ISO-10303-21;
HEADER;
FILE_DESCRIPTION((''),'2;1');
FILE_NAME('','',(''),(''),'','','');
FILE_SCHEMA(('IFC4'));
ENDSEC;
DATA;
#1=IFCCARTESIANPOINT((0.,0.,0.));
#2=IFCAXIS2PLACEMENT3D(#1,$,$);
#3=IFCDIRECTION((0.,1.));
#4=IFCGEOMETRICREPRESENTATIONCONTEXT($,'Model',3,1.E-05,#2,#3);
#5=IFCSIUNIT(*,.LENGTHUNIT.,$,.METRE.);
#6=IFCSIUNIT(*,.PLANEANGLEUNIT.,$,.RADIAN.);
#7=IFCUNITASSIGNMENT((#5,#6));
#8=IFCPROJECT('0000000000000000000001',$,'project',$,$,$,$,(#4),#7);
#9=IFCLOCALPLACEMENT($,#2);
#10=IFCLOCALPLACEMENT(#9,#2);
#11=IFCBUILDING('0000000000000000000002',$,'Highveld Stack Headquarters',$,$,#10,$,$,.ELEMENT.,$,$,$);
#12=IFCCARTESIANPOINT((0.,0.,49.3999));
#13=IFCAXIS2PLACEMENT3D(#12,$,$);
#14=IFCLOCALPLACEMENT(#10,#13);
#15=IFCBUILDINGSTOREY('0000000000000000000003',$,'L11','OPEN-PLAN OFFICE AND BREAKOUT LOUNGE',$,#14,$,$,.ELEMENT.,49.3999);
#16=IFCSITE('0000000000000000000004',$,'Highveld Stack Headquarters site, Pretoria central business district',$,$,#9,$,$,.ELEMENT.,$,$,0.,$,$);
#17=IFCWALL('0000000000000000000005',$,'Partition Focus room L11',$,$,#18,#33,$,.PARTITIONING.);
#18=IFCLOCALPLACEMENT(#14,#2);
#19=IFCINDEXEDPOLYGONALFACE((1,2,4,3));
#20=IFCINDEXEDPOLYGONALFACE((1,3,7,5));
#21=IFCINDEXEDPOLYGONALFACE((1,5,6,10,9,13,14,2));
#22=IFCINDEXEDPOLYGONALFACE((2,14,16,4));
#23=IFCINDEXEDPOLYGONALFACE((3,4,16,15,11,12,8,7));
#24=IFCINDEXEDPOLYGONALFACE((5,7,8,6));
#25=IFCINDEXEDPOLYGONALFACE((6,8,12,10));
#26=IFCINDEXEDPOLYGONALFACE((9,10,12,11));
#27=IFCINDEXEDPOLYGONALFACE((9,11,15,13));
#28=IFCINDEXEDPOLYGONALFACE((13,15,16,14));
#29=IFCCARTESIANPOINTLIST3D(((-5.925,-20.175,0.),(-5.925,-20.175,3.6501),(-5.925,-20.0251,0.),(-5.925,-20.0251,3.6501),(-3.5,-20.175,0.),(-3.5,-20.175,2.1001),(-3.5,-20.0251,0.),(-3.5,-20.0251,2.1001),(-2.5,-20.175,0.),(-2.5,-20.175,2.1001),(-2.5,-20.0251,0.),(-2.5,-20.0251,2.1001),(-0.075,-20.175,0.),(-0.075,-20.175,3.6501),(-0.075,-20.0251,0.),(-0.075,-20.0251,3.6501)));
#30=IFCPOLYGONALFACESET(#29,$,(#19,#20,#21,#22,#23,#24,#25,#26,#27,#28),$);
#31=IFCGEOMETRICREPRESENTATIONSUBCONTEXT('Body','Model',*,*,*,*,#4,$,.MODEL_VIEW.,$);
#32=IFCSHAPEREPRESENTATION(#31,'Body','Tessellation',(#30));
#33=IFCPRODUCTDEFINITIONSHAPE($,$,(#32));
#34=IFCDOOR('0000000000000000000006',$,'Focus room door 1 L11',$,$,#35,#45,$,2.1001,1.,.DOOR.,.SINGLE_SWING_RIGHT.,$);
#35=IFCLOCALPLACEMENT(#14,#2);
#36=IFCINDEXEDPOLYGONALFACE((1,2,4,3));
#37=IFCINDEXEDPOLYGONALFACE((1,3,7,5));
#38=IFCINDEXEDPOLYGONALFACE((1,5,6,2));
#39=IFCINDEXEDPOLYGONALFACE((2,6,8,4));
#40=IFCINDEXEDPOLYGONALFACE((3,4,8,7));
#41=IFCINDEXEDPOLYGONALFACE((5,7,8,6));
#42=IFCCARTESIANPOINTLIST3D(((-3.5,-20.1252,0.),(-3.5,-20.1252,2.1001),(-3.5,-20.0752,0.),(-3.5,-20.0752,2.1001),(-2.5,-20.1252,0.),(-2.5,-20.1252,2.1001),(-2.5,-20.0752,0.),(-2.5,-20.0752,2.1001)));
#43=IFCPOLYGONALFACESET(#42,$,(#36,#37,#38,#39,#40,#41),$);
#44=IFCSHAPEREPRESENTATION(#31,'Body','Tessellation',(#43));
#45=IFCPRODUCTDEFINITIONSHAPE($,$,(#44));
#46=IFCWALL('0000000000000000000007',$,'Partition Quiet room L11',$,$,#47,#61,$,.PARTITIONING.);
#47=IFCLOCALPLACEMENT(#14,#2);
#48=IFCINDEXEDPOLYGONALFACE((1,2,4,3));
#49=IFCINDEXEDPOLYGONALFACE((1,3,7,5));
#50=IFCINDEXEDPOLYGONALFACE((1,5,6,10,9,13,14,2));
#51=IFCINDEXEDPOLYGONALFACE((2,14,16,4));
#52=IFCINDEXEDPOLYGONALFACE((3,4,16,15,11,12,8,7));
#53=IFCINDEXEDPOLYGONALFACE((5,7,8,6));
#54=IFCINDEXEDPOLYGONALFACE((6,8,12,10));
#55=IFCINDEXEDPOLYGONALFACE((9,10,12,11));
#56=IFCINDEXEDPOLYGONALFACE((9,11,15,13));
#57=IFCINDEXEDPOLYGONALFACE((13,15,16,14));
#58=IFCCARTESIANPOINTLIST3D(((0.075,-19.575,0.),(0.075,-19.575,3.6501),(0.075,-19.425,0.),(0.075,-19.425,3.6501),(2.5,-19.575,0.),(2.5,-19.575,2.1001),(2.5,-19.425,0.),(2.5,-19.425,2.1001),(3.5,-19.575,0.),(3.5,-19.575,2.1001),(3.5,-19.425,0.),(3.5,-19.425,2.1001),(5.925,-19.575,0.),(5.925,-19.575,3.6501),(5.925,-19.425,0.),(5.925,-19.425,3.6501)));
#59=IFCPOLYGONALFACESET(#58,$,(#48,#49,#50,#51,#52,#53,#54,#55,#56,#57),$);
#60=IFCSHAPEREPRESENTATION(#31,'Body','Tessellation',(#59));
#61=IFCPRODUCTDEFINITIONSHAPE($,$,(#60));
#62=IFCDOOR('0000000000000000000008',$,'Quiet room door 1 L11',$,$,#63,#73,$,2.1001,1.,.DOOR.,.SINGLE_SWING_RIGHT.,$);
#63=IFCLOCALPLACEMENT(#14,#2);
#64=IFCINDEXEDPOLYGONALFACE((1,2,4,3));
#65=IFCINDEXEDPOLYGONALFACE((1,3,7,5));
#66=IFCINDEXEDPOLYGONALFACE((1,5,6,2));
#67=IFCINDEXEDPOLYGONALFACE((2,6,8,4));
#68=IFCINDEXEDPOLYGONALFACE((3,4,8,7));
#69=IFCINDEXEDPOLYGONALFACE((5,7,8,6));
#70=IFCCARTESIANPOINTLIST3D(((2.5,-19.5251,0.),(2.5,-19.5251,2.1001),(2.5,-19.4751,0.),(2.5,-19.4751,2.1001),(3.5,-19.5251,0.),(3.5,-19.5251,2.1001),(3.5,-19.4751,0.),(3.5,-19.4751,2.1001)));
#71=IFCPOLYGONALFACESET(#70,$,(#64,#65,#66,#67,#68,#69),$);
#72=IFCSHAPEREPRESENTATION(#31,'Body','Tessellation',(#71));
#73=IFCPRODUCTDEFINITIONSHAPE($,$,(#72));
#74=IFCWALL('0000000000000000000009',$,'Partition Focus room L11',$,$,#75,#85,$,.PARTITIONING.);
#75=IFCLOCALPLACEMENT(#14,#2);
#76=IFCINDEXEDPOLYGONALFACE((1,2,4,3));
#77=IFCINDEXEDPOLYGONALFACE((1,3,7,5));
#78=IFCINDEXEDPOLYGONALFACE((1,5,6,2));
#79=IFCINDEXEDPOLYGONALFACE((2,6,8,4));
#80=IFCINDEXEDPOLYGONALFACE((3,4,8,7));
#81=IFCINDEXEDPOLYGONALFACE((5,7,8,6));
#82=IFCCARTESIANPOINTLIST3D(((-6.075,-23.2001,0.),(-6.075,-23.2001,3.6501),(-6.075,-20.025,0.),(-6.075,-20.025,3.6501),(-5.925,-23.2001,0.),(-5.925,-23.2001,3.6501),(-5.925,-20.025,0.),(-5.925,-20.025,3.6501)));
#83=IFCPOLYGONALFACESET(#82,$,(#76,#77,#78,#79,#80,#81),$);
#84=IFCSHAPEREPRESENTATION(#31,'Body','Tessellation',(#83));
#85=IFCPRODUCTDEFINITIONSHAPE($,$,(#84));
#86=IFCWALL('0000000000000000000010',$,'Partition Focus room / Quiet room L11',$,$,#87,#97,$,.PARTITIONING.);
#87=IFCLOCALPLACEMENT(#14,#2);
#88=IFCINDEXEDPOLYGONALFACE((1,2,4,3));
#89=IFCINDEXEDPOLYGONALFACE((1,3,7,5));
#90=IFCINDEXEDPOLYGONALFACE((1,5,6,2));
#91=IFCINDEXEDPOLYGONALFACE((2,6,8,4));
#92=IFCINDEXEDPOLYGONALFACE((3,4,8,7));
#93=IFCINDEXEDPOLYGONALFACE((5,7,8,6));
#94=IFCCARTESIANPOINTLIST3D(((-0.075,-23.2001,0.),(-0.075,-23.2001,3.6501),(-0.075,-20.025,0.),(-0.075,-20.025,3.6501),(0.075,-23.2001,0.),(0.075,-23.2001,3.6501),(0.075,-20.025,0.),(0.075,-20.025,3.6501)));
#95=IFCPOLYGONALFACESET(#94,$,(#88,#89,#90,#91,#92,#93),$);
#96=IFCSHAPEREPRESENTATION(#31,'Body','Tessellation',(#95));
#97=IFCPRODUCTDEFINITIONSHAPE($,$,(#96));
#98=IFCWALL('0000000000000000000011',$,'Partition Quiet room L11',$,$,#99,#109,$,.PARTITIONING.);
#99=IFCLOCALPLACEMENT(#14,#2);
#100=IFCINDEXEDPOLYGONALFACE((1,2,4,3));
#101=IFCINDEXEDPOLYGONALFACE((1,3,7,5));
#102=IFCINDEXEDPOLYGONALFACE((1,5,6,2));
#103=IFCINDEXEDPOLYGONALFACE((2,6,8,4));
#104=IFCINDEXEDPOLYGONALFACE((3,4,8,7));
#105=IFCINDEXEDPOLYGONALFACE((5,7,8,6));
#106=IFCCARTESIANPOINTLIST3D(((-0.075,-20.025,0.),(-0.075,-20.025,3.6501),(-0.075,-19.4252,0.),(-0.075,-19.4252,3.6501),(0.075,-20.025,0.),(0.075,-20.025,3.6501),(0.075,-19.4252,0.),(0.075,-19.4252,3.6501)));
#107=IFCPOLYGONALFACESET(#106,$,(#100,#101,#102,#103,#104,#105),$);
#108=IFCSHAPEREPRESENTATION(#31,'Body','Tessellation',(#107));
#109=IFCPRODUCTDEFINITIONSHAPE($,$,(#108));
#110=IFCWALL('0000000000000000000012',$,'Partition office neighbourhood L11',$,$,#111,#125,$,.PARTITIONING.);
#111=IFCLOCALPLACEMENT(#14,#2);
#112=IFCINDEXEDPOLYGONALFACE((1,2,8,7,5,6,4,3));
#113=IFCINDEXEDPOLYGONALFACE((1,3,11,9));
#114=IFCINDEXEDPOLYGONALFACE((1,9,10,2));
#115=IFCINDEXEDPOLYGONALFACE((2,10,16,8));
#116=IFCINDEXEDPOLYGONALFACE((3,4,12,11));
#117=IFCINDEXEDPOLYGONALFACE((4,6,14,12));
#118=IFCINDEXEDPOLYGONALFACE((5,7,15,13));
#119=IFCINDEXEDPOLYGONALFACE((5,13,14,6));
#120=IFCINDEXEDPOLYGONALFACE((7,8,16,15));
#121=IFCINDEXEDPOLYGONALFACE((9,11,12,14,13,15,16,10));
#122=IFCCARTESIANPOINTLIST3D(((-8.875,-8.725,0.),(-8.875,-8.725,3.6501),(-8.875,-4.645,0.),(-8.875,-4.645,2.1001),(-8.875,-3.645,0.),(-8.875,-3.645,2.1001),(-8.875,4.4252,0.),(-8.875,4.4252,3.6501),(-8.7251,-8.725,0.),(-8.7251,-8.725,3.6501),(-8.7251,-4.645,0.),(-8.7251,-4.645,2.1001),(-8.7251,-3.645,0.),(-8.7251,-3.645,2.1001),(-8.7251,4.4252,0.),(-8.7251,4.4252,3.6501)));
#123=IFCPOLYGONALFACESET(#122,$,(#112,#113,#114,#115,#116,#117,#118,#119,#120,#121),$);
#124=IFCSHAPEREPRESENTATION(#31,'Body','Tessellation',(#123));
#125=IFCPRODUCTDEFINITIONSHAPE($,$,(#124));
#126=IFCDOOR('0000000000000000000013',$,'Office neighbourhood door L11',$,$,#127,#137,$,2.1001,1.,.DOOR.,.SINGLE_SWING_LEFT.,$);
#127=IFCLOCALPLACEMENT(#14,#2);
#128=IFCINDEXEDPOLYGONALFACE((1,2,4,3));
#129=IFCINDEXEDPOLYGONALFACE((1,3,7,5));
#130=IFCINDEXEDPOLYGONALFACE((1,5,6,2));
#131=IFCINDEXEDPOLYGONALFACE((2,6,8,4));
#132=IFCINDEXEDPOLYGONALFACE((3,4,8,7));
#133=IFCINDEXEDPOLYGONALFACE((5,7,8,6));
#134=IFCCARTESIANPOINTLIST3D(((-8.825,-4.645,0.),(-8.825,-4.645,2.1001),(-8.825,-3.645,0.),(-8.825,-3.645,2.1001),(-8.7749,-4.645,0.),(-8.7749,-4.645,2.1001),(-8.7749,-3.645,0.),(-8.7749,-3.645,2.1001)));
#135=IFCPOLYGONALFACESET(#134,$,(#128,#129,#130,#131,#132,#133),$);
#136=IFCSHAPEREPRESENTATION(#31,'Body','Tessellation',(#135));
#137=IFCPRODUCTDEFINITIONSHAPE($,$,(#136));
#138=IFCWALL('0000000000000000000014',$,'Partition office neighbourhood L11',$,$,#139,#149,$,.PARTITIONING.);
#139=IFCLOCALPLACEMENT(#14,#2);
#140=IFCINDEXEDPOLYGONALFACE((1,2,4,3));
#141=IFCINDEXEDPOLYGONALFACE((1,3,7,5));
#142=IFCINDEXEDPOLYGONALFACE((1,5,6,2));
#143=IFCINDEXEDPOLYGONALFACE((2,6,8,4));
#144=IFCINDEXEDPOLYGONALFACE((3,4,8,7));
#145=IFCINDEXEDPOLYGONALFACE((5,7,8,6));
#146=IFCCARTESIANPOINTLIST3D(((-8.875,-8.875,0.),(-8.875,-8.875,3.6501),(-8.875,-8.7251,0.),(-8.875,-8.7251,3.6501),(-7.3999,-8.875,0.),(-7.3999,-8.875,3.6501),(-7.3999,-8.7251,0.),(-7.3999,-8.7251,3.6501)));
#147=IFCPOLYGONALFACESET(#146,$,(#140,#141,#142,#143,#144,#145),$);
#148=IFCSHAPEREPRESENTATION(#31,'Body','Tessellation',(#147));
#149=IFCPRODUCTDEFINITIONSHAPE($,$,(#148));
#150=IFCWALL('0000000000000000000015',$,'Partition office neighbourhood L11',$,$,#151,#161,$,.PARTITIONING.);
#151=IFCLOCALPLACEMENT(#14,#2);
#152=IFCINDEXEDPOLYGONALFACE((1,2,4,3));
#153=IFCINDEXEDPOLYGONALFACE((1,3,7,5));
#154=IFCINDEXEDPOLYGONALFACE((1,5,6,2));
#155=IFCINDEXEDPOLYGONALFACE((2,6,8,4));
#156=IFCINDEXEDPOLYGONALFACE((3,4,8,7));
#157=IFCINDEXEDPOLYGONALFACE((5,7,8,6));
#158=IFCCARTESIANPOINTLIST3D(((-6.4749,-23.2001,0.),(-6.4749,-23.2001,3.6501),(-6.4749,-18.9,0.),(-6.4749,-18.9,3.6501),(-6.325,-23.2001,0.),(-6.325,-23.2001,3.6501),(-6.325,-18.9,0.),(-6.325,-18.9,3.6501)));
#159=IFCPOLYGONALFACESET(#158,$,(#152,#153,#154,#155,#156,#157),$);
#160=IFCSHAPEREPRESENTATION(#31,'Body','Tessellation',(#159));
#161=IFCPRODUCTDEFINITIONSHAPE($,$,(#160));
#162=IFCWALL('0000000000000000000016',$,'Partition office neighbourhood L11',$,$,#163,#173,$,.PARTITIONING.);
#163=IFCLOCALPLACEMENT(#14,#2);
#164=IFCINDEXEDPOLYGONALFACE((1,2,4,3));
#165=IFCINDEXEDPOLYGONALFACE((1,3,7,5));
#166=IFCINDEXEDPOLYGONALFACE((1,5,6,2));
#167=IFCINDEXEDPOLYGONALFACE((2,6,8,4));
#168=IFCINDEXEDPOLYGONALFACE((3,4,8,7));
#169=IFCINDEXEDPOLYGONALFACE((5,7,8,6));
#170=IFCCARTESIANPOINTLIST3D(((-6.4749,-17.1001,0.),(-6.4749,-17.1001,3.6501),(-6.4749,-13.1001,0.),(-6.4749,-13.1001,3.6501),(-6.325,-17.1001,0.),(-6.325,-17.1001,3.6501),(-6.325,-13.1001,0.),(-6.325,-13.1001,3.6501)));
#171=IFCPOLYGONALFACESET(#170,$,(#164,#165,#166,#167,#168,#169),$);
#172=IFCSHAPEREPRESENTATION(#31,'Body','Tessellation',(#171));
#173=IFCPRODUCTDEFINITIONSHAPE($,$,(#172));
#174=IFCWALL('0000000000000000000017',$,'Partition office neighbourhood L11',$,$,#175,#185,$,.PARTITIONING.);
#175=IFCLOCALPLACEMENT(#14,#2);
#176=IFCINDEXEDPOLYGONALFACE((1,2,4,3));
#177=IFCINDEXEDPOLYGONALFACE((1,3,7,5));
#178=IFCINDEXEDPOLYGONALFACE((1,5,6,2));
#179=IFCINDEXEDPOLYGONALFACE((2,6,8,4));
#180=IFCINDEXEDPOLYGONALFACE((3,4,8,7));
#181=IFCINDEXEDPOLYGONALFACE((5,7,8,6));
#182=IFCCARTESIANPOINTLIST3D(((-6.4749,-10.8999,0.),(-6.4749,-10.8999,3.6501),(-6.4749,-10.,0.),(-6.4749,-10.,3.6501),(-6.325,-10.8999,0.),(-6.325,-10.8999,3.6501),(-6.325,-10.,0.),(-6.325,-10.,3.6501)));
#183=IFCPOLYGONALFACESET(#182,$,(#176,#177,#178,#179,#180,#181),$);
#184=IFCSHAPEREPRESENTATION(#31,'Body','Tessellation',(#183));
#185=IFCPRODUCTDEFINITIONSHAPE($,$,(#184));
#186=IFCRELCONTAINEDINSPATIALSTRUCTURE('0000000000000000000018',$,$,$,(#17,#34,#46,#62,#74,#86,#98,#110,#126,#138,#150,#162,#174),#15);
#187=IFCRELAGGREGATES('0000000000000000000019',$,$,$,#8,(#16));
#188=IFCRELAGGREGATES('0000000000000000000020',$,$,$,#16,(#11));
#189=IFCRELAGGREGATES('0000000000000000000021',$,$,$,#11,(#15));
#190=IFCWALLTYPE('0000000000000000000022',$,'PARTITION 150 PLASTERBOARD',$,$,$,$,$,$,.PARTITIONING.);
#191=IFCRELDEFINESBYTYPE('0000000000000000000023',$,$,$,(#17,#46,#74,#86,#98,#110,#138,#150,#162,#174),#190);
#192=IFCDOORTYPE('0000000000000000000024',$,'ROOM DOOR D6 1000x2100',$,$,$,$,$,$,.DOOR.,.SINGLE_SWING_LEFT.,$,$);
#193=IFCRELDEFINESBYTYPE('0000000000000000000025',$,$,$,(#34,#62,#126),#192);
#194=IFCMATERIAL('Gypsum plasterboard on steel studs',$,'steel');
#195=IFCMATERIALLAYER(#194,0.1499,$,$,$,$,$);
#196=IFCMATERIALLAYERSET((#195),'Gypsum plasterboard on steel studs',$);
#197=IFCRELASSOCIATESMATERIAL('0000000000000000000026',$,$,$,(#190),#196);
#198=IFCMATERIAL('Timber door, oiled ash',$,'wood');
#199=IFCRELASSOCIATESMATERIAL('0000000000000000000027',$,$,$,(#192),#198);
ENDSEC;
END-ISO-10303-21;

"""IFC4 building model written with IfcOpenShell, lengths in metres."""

from ifc_helpers import new_model, si_unit, direction, frame, frame_2d, origin, place, context, subcontext, project, spatial, rectangle, extrude, material, layer, layer_set, type_object, element, fill, save


model = new_model("IFC4")

# Units and contexts
model_context = context("Model", 3, precision=1e-05, world=origin(), true_north=direction((0.0, 1.0)))
body_context = subcontext(model_context, "Body", "Model", "MODEL_VIEW")
ifc_project = project(units=[si_unit("LENGTHUNIT", "METRE"), si_unit("PLANEANGLEUNIT", "RADIAN")], contexts=[model_context])

# Site, building, storey
site_placement = place(None, origin())
site = spatial("IfcSite", under=ifc_project, at=site_placement, Name="Highveld Stack Headquarters site, Pretoria central business district", CompositionType="ELEMENT", RefElevation=0.0)
building_placement = place(site_placement, origin())
building = spatial("IfcBuilding", under=site, at=building_placement, Name="Highveld Stack Headquarters", CompositionType="ELEMENT")
storey_placement = place(building_placement, frame((0.0, 0.0, 49.3999)))
storey = spatial("IfcBuildingStorey", under=building, at=storey_placement, Name="L11", Description="OPEN-PLAN OFFICE AND BREAKOUT LOUNGE", CompositionType="ELEMENT", Elevation=49.3999)

# Walls, openings, doors
ifc_material_1 = material(Name="Gypsum plasterboard on steel studs", Category="steel")
ifc_layer_1 = layer(ifc_material_1, 0.1499)
ifc_layer_set_1 = layer_set([ifc_layer_1], Name="Gypsum plasterboard on steel studs")
wall_type_1 = type_object("IfcWallType", Name="PARTITION 150 PLASTERBOARD", PredefinedType="PARTITIONING", material=ifc_layer_set_1)
wall_1_placement = place(storey_placement, frame((-5.925, -20.1001, 0.0), z_axis=(0.0, 0.0, 1.0), x_axis=(1.0, 0.0, 0.0)))
wall_1 = element("IfcWall", 1, at=wall_1_placement, inside=storey, type_object=wall_type_1, Name="Partition Focus room L11", PredefinedType="PARTITIONING", context=body_context, shape_type="SweptSolid", body=[
    extrude(rectangle(XDim=5.8501, YDim=0.1499, at=frame_2d((2.925, 0.0))), origin(), (0.0, 0.0, 1.0), 3.6501),
])
opening_1_placement = place(wall_1_placement, frame((2.425, 0.0, 0.0)))
opening_1 = element("IfcOpeningElement", 2, at=opening_1_placement, cuts=wall_1, PredefinedType="OPENING", context=body_context, shape_type="SweptSolid", body=[
    extrude(rectangle(XDim=1.0, YDim=2.1001, at=frame_2d((0.5, 1.05))), frame((0.0, 0.085, 0.0), z_axis=(0.0, -1.0, 0.0), x_axis=(1.0, 0.0, 0.0)), (0.0, 0.0, 1.0), 0.1699),
])
ifc_material_2 = material(Name="Timber door, oiled ash", Category="wood")
door_type_1 = type_object("IfcDoorType", Name="ROOM DOOR D6 1000x2100", OperationType="SINGLE_SWING_LEFT", PredefinedType="DOOR", material=ifc_material_2)
door_1_placement = place(opening_1_placement, origin())
door_1 = element("IfcDoor", 3, at=door_1_placement, inside=storey, type_object=door_type_1, Name="Focus room door 1 L11", OperationType="SINGLE_SWING_RIGHT", OverallHeight=2.1001, OverallWidth=1.0, PredefinedType="DOOR", context=body_context, shape_type="SweptSolid", body=[
    extrude(rectangle(XDim=1.0, YDim=2.1001, at=frame_2d((0.5, 1.05))), frame((0.0, 0.0249, 0.0), z_axis=(0.0, -1.0, 0.0), x_axis=(1.0, 0.0, 0.0)), (0.0, 0.0, 1.0), 0.05),
])
fill(opening_1, door_1)
wall_2_placement = place(storey_placement, frame((0.075, -19.5, 0.0), z_axis=(0.0, 0.0, 1.0), x_axis=(1.0, 0.0, 0.0)))
wall_2 = element("IfcWall", 4, at=wall_2_placement, inside=storey, type_object=wall_type_1, Name="Partition Quiet room L11", PredefinedType="PARTITIONING", context=body_context, shape_type="SweptSolid", body=[
    extrude(rectangle(XDim=5.8501, YDim=0.1499, at=frame_2d((2.925, 0.0))), origin(), (0.0, 0.0, 1.0), 3.6501),
])
opening_2_placement = place(wall_2_placement, frame((2.425, 0.0, 0.0)))
opening_2 = element("IfcOpeningElement", 5, at=opening_2_placement, cuts=wall_2, PredefinedType="OPENING", context=body_context, shape_type="SweptSolid", body=[
    extrude(rectangle(XDim=1.0, YDim=2.1001, at=frame_2d((0.5, 1.05))), frame((0.0, 0.085, 0.0), z_axis=(0.0, -1.0, 0.0), x_axis=(1.0, 0.0, 0.0)), (0.0, 0.0, 1.0), 0.1699),
])
door_2_placement = place(opening_2_placement, origin())
door_2 = element("IfcDoor", 6, at=door_2_placement, inside=storey, type_object=door_type_1, Name="Quiet room door 1 L11", OperationType="SINGLE_SWING_RIGHT", OverallHeight=2.1001, OverallWidth=1.0, PredefinedType="DOOR", context=body_context, shape_type="SweptSolid", body=[
    extrude(rectangle(XDim=1.0, YDim=2.1001, at=frame_2d((0.5, 1.05))), frame((0.0, 0.0249, 0.0), z_axis=(0.0, -1.0, 0.0), x_axis=(1.0, 0.0, 0.0)), (0.0, 0.0, 1.0), 0.05),
])
fill(opening_2, door_2)

# Walls
for number, where, z_axis, x_axis, name in (
    (7, (-6.0, -23.2, 0.0), (0.0, 0.0, 1.0), (0.0, 1.0, 0.0), "Partition Focus room L11"),
    (8, (0.0, -23.2, 0.0), (0.0, 0.0, 1.0), (0.0, 1.0, 0.0), "Partition Focus room / Quiet room L11"),
):
    element("IfcWall", number, at=place(storey_placement, frame(where, z_axis=z_axis, x_axis=x_axis)), inside=storey, type_object=wall_type_1, Name=name, PredefinedType="PARTITIONING", context=body_context, shape_type="SweptSolid", body=[
        extrude(rectangle(XDim=3.175, YDim=0.1499, at=frame_2d((1.5874, 0.0))), origin(), (0.0, 0.0, 1.0), 3.6501),
    ])
wall_3_placement = place(storey_placement, frame((0.0, -20.0249, 0.0), z_axis=(0.0, 0.0, 1.0), x_axis=(0.0, 1.0, 0.0)))
element("IfcWall", 9, at=wall_3_placement, inside=storey, type_object=wall_type_1, Name="Partition Quiet room L11", PredefinedType="PARTITIONING", context=body_context, shape_type="SweptSolid", body=[
    extrude(rectangle(XDim=0.5999, YDim=0.1499, at=frame_2d((0.2998, 0.0))), origin(), (0.0, 0.0, 1.0), 3.6501),
])

# Wall, opening, door
wall_4_placement = place(storey_placement, frame((-8.8, -8.7251, 0.0), z_axis=(0.0, 0.0, 1.0), x_axis=(0.0, 1.0, 0.0)))
wall_4 = element("IfcWall", 10, at=wall_4_placement, inside=storey, type_object=wall_type_1, Name="Partition office neighbourhood L11", PredefinedType="PARTITIONING", context=body_context, shape_type="SweptSolid", body=[
    extrude(rectangle(XDim=13.1501, YDim=0.1499, at=frame_2d((6.5752, 0.0))), origin(), (0.0, 0.0, 1.0), 3.6501),
])
opening_3_placement = place(wall_4_placement, frame((4.0801, 0.0, 0.0)))
opening_3 = element("IfcOpeningElement", 11, at=opening_3_placement, cuts=wall_4, PredefinedType="OPENING", context=body_context, shape_type="SweptSolid", body=[
    extrude(rectangle(XDim=1.0, YDim=2.1001, at=frame_2d((0.5, 1.05))), frame((0.0, 0.085, 0.0), z_axis=(0.0, -1.0, 0.0), x_axis=(1.0, 0.0, 0.0)), (0.0, 0.0, 1.0), 0.1699),
])
door_3_placement = place(opening_3_placement, origin())
door_3 = element("IfcDoor", 12, at=door_3_placement, inside=storey, type_object=door_type_1, Name="Office neighbourhood door L11", OperationType="SINGLE_SWING_LEFT", OverallHeight=2.1001, OverallWidth=1.0, PredefinedType="DOOR", context=body_context, shape_type="SweptSolid", body=[
    extrude(rectangle(XDim=1.0, YDim=2.1001, at=frame_2d((0.5, 1.05))), frame((0.0, 0.0249, 0.0), z_axis=(0.0, -1.0, 0.0), x_axis=(1.0, 0.0, 0.0)), (0.0, 0.0, 1.0), 0.05),
])
fill(opening_3, door_3)

# Walls
wall_5_placement = place(storey_placement, frame((-8.875, -8.8, 0.0), z_axis=(0.0, 0.0, 1.0), x_axis=(1.0, 0.0, 0.0)))
element("IfcWall", 13, at=wall_5_placement, inside=storey, type_object=wall_type_1, Name="Partition office neighbourhood L11", PredefinedType="PARTITIONING", context=body_context, shape_type="SweptSolid", body=[
    extrude(rectangle(XDim=1.4751, YDim=0.1499, at=frame_2d((0.7375, 0.0))), origin(), (0.0, 0.0, 1.0), 3.6501),
])
wall_6_placement = place(storey_placement, frame((-6.3999, -23.2, 0.0), z_axis=(0.0, 0.0, 1.0), x_axis=(0.0, 1.0, 0.0)))
element("IfcWall", 14, at=wall_6_placement, inside=storey, type_object=wall_type_1, Name="Partition office neighbourhood L11", PredefinedType="PARTITIONING", context=body_context, shape_type="SweptSolid", body=[
    extrude(rectangle(XDim=4.3, YDim=0.1499, at=frame_2d((2.1499, 0.0))), origin(), (0.0, 0.0, 1.0), 3.6501),
])
wall_7_placement = place(storey_placement, frame((-6.3999, -17.1001, 0.0), z_axis=(0.0, 0.0, 1.0), x_axis=(0.0, 1.0, 0.0)))
element("IfcWall", 15, at=wall_7_placement, inside=storey, type_object=wall_type_1, Name="Partition office neighbourhood L11", PredefinedType="PARTITIONING", context=body_context, shape_type="SweptSolid", body=[
    extrude(rectangle(XDim=4.0, YDim=0.1499, at=frame_2d((2.0, 0.0))), origin(), (0.0, 0.0, 1.0), 3.6501),
])
wall_8_placement = place(storey_placement, frame((-6.3999, -10.8999, 0.0), z_axis=(0.0, 0.0, 1.0), x_axis=(0.0, 1.0, 0.0)))
element("IfcWall", 16, at=wall_8_placement, inside=storey, type_object=wall_type_1, Name="Partition office neighbourhood L11", PredefinedType="PARTITIONING", context=body_context, shape_type="SweptSolid", body=[
    extrude(rectangle(XDim=0.8999, YDim=0.1499, at=frame_2d((0.45, 0.0))), origin(), (0.0, 0.0, 1.0), 3.6501),
])

save(model, "model.ifc")
